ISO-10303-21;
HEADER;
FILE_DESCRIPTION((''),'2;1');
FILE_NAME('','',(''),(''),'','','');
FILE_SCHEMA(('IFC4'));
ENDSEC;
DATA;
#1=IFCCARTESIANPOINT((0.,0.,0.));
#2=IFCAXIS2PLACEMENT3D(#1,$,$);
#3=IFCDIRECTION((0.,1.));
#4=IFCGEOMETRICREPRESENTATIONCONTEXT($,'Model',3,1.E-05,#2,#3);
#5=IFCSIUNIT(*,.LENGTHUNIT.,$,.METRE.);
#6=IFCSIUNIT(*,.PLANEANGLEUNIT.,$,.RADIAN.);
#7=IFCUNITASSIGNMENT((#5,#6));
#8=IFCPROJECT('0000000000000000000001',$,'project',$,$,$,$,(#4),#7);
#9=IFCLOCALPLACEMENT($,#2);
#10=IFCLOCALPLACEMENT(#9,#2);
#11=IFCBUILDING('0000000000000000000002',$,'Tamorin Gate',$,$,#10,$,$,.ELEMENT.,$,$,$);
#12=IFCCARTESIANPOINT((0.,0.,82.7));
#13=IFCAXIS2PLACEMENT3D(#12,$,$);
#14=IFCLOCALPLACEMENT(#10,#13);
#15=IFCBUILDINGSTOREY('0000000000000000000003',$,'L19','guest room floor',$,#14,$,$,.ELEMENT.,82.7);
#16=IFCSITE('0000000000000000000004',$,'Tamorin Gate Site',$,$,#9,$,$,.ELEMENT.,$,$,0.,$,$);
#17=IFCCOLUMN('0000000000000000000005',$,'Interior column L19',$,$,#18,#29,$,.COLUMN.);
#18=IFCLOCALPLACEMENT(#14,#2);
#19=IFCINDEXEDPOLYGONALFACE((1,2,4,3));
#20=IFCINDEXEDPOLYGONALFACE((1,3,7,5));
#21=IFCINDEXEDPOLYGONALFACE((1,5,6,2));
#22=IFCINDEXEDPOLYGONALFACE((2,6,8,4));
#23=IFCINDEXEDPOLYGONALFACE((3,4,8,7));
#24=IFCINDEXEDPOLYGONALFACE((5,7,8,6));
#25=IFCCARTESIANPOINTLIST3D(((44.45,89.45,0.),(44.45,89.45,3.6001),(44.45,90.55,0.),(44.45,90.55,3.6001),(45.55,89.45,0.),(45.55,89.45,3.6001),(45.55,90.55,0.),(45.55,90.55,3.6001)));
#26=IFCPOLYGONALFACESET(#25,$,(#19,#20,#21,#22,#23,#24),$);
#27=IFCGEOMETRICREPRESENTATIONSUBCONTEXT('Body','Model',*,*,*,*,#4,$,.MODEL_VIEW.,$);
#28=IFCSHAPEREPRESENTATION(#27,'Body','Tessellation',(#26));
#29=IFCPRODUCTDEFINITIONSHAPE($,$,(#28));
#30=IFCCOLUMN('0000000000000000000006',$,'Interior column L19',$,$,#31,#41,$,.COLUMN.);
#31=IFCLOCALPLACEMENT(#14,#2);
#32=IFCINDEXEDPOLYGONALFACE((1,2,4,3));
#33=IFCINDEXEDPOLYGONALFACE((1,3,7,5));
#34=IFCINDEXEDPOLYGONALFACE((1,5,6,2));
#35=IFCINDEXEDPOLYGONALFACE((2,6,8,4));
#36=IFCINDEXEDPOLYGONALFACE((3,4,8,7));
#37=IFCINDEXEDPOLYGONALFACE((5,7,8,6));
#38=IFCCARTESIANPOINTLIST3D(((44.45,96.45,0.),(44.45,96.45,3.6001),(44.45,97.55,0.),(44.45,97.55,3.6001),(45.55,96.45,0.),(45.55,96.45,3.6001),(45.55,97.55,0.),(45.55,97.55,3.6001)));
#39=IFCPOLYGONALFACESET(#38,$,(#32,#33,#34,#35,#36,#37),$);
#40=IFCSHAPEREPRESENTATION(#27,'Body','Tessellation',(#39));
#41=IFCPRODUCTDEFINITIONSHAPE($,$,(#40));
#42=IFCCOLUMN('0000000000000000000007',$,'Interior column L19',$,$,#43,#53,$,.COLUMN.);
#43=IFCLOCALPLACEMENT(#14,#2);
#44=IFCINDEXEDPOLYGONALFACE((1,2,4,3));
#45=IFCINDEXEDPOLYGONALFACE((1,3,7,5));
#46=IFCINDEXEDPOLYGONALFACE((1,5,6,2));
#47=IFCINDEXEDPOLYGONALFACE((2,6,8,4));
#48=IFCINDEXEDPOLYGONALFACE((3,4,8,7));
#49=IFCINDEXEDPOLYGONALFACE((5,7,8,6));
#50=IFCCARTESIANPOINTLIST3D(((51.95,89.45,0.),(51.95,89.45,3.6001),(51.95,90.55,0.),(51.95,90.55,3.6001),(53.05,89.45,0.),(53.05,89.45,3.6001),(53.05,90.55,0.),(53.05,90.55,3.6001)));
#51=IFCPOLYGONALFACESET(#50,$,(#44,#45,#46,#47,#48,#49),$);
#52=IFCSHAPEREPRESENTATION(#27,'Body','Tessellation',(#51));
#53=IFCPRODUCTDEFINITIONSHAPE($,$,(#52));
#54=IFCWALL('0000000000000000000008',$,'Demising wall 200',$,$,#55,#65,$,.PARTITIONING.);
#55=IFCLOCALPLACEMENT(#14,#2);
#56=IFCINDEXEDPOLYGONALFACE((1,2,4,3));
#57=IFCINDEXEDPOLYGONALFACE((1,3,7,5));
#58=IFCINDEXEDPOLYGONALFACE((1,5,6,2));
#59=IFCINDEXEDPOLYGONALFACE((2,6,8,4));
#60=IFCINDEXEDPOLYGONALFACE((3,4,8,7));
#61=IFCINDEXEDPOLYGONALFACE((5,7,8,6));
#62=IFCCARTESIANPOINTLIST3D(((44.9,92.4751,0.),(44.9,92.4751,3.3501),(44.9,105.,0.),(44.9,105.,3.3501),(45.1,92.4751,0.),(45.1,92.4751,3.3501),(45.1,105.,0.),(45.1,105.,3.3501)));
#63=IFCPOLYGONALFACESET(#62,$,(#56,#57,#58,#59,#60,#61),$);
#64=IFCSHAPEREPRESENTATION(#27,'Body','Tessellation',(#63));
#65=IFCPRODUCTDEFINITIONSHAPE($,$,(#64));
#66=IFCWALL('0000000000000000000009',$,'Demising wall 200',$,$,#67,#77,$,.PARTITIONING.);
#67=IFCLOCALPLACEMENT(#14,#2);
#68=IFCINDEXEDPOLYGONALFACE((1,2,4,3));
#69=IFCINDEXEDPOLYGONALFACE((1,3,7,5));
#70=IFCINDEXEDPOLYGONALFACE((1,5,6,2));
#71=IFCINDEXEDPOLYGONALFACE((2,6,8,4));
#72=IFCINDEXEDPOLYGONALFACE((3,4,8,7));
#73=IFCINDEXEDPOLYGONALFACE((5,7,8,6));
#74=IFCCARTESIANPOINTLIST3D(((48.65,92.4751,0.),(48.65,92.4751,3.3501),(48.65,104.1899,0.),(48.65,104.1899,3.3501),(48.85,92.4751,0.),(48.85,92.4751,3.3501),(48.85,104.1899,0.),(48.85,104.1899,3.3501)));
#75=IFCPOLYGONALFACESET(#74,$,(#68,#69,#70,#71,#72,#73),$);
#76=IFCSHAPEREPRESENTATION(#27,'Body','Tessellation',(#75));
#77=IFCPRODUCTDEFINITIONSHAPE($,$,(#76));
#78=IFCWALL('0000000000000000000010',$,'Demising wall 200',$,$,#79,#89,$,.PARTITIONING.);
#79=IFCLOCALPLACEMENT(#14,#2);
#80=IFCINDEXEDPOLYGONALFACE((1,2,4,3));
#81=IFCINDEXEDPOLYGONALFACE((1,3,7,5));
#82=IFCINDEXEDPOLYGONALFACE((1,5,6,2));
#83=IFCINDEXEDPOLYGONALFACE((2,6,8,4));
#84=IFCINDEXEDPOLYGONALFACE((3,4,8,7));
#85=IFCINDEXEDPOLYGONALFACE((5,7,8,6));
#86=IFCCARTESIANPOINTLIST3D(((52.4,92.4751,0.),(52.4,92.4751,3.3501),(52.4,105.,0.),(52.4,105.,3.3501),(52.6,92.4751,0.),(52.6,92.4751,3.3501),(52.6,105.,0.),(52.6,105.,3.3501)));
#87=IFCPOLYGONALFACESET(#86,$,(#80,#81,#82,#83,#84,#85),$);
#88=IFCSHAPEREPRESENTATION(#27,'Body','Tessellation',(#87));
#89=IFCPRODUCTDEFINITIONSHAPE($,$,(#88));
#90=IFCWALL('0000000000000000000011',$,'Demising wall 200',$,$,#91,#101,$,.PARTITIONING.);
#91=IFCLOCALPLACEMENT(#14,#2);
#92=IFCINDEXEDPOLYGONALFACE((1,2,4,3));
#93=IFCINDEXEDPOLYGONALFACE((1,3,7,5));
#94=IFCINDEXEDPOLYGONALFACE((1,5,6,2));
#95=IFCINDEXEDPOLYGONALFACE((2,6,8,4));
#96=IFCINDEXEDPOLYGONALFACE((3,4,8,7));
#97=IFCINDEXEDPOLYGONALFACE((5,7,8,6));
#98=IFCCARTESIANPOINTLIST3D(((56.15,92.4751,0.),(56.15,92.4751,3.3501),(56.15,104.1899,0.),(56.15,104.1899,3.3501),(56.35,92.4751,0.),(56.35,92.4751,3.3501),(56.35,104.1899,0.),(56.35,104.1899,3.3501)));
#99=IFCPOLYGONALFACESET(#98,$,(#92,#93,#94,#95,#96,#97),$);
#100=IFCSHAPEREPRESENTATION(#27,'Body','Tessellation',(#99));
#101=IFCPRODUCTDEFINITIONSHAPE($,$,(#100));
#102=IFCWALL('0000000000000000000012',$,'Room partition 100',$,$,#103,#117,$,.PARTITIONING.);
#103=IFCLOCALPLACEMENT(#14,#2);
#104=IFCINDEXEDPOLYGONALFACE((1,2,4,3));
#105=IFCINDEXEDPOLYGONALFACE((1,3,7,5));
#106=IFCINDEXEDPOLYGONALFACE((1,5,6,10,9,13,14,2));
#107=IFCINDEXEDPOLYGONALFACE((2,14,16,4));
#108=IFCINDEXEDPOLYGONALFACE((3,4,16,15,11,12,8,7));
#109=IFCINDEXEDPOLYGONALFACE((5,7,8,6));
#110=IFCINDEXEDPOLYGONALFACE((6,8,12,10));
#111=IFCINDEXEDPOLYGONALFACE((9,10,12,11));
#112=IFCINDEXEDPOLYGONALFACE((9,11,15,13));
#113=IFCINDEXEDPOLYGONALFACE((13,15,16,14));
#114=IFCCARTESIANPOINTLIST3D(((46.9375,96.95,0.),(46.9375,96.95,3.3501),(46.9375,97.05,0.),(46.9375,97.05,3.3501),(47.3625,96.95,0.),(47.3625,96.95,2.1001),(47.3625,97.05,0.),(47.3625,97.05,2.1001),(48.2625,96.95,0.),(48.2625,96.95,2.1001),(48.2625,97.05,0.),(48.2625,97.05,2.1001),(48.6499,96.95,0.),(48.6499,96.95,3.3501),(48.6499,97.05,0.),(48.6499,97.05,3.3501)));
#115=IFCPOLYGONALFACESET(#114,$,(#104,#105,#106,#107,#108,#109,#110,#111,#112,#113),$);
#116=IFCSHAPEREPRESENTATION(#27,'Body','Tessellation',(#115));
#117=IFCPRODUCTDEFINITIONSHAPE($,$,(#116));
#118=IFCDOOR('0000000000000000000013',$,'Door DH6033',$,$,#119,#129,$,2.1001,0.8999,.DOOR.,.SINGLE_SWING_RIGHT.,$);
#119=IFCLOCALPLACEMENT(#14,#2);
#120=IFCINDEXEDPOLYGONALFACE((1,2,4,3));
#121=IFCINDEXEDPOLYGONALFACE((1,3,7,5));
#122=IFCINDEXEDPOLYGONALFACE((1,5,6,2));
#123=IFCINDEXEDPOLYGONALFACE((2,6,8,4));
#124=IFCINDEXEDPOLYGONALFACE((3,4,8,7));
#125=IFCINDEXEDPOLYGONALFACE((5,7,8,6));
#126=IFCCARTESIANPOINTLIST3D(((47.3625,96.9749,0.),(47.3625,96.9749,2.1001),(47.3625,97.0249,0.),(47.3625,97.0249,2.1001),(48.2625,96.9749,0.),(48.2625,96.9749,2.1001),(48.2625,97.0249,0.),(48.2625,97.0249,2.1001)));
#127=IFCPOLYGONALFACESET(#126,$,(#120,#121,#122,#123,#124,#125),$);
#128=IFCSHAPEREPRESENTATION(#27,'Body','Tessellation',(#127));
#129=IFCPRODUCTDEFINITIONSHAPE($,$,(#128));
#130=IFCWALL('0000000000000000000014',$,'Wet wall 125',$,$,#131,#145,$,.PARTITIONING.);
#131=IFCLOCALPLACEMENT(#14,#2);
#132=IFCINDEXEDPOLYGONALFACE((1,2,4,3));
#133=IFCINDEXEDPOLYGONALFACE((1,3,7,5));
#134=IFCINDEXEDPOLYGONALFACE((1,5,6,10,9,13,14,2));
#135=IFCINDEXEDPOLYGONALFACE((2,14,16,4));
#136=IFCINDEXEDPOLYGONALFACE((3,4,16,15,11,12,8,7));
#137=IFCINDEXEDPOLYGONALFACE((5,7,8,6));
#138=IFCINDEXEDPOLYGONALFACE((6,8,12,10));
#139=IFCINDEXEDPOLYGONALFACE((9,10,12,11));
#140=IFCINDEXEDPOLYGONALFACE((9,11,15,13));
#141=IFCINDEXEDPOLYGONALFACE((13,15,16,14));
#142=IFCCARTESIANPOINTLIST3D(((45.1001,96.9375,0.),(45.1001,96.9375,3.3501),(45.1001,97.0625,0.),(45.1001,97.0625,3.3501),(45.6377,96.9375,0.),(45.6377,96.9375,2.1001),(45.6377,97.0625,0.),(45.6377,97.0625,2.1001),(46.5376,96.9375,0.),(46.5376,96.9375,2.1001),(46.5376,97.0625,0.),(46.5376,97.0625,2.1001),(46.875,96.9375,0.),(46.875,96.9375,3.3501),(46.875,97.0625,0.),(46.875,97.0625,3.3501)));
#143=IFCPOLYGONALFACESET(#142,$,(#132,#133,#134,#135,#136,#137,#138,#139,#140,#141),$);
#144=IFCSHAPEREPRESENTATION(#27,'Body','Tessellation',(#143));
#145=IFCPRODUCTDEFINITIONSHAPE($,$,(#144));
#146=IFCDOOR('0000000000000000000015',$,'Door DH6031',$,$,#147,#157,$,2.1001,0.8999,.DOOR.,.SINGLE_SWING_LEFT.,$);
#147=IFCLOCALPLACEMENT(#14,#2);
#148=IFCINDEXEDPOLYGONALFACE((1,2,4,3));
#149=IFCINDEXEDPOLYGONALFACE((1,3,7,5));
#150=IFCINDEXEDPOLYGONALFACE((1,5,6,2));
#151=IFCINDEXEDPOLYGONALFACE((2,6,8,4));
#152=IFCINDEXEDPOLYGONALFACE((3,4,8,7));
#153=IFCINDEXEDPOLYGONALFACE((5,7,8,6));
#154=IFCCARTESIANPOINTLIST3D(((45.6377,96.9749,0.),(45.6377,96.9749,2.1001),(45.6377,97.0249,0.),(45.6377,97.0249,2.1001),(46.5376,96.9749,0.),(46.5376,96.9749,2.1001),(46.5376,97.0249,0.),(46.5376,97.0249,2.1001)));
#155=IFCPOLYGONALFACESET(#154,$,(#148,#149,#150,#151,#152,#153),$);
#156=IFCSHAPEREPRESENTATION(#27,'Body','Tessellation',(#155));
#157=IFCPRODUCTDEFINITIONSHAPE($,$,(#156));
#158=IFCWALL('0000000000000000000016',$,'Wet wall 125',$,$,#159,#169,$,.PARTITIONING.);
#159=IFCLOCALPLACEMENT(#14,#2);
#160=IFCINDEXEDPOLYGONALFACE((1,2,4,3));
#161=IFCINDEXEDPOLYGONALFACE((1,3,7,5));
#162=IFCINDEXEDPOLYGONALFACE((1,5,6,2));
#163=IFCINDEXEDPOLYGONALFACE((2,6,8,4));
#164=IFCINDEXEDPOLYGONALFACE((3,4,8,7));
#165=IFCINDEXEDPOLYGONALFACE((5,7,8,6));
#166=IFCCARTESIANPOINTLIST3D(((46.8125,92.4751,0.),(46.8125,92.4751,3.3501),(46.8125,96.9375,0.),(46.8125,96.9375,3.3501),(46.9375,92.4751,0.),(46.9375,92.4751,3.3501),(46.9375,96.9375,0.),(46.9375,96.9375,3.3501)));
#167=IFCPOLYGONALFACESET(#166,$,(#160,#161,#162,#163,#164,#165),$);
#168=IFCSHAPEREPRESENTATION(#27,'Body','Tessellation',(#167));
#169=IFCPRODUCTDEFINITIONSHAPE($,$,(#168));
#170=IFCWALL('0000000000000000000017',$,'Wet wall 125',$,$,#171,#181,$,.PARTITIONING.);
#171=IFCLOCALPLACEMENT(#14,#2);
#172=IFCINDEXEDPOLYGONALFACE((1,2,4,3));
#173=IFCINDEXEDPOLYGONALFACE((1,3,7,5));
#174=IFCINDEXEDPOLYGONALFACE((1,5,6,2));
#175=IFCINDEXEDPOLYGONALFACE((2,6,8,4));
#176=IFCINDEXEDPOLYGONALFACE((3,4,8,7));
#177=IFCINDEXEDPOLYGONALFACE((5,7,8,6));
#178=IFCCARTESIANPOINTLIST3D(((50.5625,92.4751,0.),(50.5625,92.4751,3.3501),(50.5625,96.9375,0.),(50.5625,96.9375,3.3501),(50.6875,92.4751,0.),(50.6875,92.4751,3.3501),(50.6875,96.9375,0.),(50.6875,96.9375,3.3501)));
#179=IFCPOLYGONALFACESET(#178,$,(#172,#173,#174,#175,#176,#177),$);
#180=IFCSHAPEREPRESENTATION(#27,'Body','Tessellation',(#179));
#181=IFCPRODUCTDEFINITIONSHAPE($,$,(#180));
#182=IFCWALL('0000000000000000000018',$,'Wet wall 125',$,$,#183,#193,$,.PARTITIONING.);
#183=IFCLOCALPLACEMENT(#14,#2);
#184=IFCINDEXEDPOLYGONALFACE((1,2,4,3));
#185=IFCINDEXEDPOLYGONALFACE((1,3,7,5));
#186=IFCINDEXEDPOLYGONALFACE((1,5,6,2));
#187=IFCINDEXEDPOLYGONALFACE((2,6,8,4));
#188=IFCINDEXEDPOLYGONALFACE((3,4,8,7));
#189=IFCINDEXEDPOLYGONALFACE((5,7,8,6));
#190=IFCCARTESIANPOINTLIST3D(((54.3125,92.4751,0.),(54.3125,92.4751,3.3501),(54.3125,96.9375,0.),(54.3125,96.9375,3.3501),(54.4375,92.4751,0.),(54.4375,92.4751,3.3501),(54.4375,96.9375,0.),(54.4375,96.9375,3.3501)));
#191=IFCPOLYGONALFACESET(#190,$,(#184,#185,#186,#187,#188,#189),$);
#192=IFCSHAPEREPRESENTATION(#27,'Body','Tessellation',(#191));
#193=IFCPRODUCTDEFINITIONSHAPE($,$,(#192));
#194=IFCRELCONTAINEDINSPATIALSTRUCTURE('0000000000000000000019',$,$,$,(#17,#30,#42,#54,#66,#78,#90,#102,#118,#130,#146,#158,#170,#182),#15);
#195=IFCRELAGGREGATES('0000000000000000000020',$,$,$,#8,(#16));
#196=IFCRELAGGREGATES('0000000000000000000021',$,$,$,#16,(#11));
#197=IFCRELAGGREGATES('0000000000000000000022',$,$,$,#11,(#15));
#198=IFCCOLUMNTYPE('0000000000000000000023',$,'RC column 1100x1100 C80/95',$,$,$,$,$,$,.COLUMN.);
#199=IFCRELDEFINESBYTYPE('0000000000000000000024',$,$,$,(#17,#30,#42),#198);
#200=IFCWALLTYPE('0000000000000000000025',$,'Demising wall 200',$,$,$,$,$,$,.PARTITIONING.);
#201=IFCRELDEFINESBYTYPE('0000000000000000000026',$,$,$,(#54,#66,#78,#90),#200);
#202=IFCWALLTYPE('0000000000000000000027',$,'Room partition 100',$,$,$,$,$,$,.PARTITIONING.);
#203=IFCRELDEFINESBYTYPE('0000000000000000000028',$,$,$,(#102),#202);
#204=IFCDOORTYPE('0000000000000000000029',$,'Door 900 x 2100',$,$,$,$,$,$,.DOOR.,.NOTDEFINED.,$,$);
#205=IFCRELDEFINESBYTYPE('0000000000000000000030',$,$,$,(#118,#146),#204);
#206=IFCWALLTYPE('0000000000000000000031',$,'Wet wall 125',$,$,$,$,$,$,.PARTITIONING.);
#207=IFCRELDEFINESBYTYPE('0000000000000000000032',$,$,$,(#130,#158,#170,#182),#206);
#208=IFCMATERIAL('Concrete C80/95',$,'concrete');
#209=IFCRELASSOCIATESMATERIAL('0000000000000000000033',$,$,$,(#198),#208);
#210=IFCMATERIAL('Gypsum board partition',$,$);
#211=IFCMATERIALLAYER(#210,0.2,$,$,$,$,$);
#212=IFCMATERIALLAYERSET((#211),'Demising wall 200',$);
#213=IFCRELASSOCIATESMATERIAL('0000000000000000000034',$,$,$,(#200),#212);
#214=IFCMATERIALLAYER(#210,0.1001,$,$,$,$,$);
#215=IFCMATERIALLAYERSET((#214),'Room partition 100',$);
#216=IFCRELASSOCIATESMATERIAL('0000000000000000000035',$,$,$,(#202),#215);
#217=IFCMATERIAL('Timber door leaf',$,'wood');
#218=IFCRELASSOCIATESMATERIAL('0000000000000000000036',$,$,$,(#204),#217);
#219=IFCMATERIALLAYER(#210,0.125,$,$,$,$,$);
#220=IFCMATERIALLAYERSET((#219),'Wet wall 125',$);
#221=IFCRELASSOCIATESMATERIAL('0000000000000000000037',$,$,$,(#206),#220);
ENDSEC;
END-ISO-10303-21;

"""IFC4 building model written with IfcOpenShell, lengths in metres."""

from ifc_helpers import new_model, si_unit, direction, frame, frame_2d, origin, origin_2d, place, context, subcontext, project, spatial, rectangle, extrude, material, layer, layer_set, material_profile, profile_set, type_object, element, fill, save


model = new_model("IFC4")

# Units and contexts
model_context = context("Model", 3, precision=1e-05, world=origin(), true_north=direction((0.0, 1.0)))
body_context = subcontext(model_context, "Body", "Model", "MODEL_VIEW")
ifc_project = project(units=[si_unit("LENGTHUNIT", "METRE"), si_unit("PLANEANGLEUNIT", "RADIAN")], contexts=[model_context])

# Site, building, storey
site_placement = place(None, origin())
site = spatial("IfcSite", under=ifc_project, at=site_placement, Name="Tamorin Gate Site", CompositionType="ELEMENT", RefElevation=0.0)
building_placement = place(site_placement, origin())
building = spatial("IfcBuilding", under=site, at=building_placement, Name="Tamorin Gate", CompositionType="ELEMENT")
storey_placement = place(building_placement, frame((0.0, 0.0, 82.7)))
storey = spatial("IfcBuildingStorey", under=building, at=storey_placement, Name="L19", Description="guest room floor", CompositionType="ELEMENT", Elevation=82.7)

# Columns
ifc_material_1 = material(Name="Concrete C80/95", Category="concrete")
ifc_material_profile = material_profile(ifc_material_1, rectangle(XDim=1.1001, YDim=1.1001, at=origin_2d()), Name="RC 1100x1100")
ifc_profile_set = profile_set([ifc_material_profile], Name="Concrete C80/95")
column_type = type_object("IfcColumnType", Name="RC column 1100x1100 C80/95", PredefinedType="COLUMN", material=ifc_profile_set)
for number, where, z_axis, x_axis, name in (
    (1, (45.0, 90.0, 0.0), (0.0, 0.0, 1.0), (1.0, 0.0, 0.0), "Interior column L19"),
    (2, (45.0, 97.0, 0.0), (0.0, 0.0, 1.0), (1.0, 0.0, 0.0), "Interior column L19"),
    (3, (52.5, 90.0, 0.0), (0.0, 0.0, 1.0), (1.0, 0.0, 0.0), "Interior column L19"),
):
    element("IfcColumn", number, at=place(storey_placement, frame(where, z_axis=z_axis, x_axis=x_axis)), inside=storey, type_object=column_type, Name=name, PredefinedType="COLUMN", context=body_context, shape_type="SweptSolid", body=[
        extrude(rectangle(XDim=1.1001, YDim=1.1001, at=origin_2d()), origin(), (0.0, 0.0, 1.0), 3.6001),
    ])

# Walls
ifc_material_2 = material(Name="Gypsum board partition")
ifc_layer_1 = layer(ifc_material_2, 0.2)
ifc_layer_set_1 = layer_set([ifc_layer_1], Name="Demising wall 200")
wall_type_1 = type_object("IfcWallType", Name="Demising wall 200", PredefinedType="PARTITIONING", material=ifc_layer_set_1)
wall_1_placement = place(storey_placement, frame((45.0, 92.4751, 0.0), z_axis=(0.0, 0.0, 1.0), x_axis=(0.0, 1.0, 0.0)))
element("IfcWall", 4, at=wall_1_placement, inside=storey, type_object=wall_type_1, Name="Demising wall 200", PredefinedType="PARTITIONING", context=body_context, shape_type="SweptSolid", body=[
    extrude(rectangle(XDim=12.5249, YDim=0.2, at=frame_2d((6.2625, 0.0))), origin(), (0.0, 0.0, 1.0), 3.3501),
])
wall_2_placement = place(storey_placement, frame((48.75, 92.4751, 0.0), z_axis=(0.0, 0.0, 1.0), x_axis=(0.0, 1.0, 0.0)))
element("IfcWall", 5, at=wall_2_placement, inside=storey, type_object=wall_type_1, Name="Demising wall 200", PredefinedType="PARTITIONING", context=body_context, shape_type="SweptSolid", body=[
    extrude(rectangle(XDim=11.7148, YDim=0.2, at=frame_2d((5.8574, 0.0))), origin(), (0.0, 0.0, 1.0), 3.3501),
])
wall_3_placement = place(storey_placement, frame((52.5, 92.4751, 0.0), z_axis=(0.0, 0.0, 1.0), x_axis=(0.0, 1.0, 0.0)))
element("IfcWall", 6, at=wall_3_placement, inside=storey, type_object=wall_type_1, Name="Demising wall 200", PredefinedType="PARTITIONING", context=body_context, shape_type="SweptSolid", body=[
    extrude(rectangle(XDim=12.5249, YDim=0.2, at=frame_2d((6.2625, 0.0))), origin(), (0.0, 0.0, 1.0), 3.3501),
])
wall_4_placement = place(storey_placement, frame((56.25, 92.4751, 0.0), z_axis=(0.0, 0.0, 1.0), x_axis=(0.0, 1.0, 0.0)))
element("IfcWall", 7, at=wall_4_placement, inside=storey, type_object=wall_type_1, Name="Demising wall 200", PredefinedType="PARTITIONING", context=body_context, shape_type="SweptSolid", body=[
    extrude(rectangle(XDim=11.7148, YDim=0.2, at=frame_2d((5.8574, 0.0))), origin(), (0.0, 0.0, 1.0), 3.3501),
])

# Walls, openings, doors
ifc_layer_2 = layer(ifc_material_2, 0.1001)
ifc_layer_set_2 = layer_set([ifc_layer_2], Name="Room partition 100")
wall_type_2 = type_object("IfcWallType", Name="Room partition 100", PredefinedType="PARTITIONING", material=ifc_layer_set_2)
wall_5_placement = place(storey_placement, frame((46.9375, 97.0, 0.0), z_axis=(0.0, 0.0, 1.0), x_axis=(1.0, 0.0, 0.0)))
wall_5 = element("IfcWall", 8, at=wall_5_placement, inside=storey, type_object=wall_type_2, Name="Room partition 100", PredefinedType="PARTITIONING", context=body_context, shape_type="SweptSolid", body=[
    extrude(rectangle(XDim=1.7124, YDim=0.1001, at=frame_2d((0.8562, 0.0))), origin(), (0.0, 0.0, 1.0), 3.3501),
])
opening_1_placement = place(wall_5_placement, frame((0.425, 0.0, 0.0)))
opening_1 = element("IfcOpeningElement", 9, at=opening_1_placement, cuts=wall_5, PredefinedType="OPENING", context=body_context, shape_type="SweptSolid", body=[
    extrude(rectangle(XDim=0.8999, YDim=2.1001, at=frame_2d((0.45, 1.05))), frame((0.0, 0.0601, 0.0), z_axis=(0.0, -1.0, 0.0), x_axis=(1.0, 0.0, 0.0)), (0.0, 0.0, 1.0), 0.1201),
])
ifc_material_3 = material(Name="Timber door leaf", Category="wood")
door_type = type_object("IfcDoorType", Name="Door 900 x 2100", OperationType="NOTDEFINED", PredefinedType="DOOR", material=ifc_material_3)
door_1_placement = place(opening_1_placement, origin())
door_1 = element("IfcDoor", 10, at=door_1_placement, inside=storey, type_object=door_type, Name="Door DH6033", OperationType="SINGLE_SWING_RIGHT", OverallHeight=2.1001, OverallWidth=0.8999, PredefinedType="DOOR", context=body_context, shape_type="SweptSolid", body=[
    extrude(rectangle(XDim=0.8999, YDim=2.1001, at=frame_2d((0.45, 1.05))), frame((0.0, 0.0249, 0.0), z_axis=(0.0, -1.0, 0.0), x_axis=(1.0, 0.0, 0.0)), (0.0, 0.0, 1.0), 0.05),
])
fill(opening_1, door_1)
ifc_layer_3 = layer(ifc_material_2, 0.125)
ifc_layer_set_3 = layer_set([ifc_layer_3], Name="Wet wall 125")
wall_type_3 = type_object("IfcWallType", Name="Wet wall 125", PredefinedType="PARTITIONING", material=ifc_layer_set_3)
wall_6_placement = place(storey_placement, frame((45.1001, 97.0, 0.0), z_axis=(0.0, 0.0, 1.0), x_axis=(1.0, 0.0, 0.0)))
wall_6 = element("IfcWall", 11, at=wall_6_placement, inside=storey, type_object=wall_type_3, Name="Wet wall 125", PredefinedType="PARTITIONING", context=body_context, shape_type="SweptSolid", body=[
    extrude(rectangle(XDim=1.7749, YDim=0.125, at=frame_2d((0.8875, 0.0))), origin(), (0.0, 0.0, 1.0), 3.3501),
])
opening_2_placement = place(wall_6_placement, frame((0.5376, 0.0, 0.0)))
opening_2 = element("IfcOpeningElement", 12, at=opening_2_placement, cuts=wall_6, PredefinedType="OPENING", context=body_context, shape_type="SweptSolid", body=[
    extrude(rectangle(XDim=0.8999, YDim=2.1001, at=frame_2d((0.45, 1.05))), frame((0.0, 0.0725, 0.0), z_axis=(0.0, -1.0, 0.0), x_axis=(1.0, 0.0, 0.0)), (0.0, 0.0, 1.0), 0.145),
])
door_2_placement = place(opening_2_placement, origin())
door_2 = element("IfcDoor", 13, at=door_2_placement, inside=storey, type_object=door_type, Name="Door DH6031", OperationType="SINGLE_SWING_LEFT", OverallHeight=2.1001, OverallWidth=0.8999, PredefinedType="DOOR", context=body_context, shape_type="SweptSolid", body=[
    extrude(rectangle(XDim=0.8999, YDim=2.1001, at=frame_2d((0.45, 1.05))), frame((0.0, 0.0249, 0.0), z_axis=(0.0, -1.0, 0.0), x_axis=(1.0, 0.0, 0.0)), (0.0, 0.0, 1.0), 0.05),
])
fill(opening_2, door_2)

# Walls
for number, where, z_axis, x_axis, name in (
    (14, (46.875, 92.4751, 0.0), (0.0, 0.0, 1.0), (0.0, 1.0, 0.0), "Wet wall 125"),
    (15, (50.625, 92.4751, 0.0), (0.0, 0.0, 1.0), (0.0, 1.0, 0.0), "Wet wall 125"),
    (16, (54.375, 92.4751, 0.0), (0.0, 0.0, 1.0), (0.0, 1.0, 0.0), "Wet wall 125"),
):
    element("IfcWall", number, at=place(storey_placement, frame(where, z_axis=z_axis, x_axis=x_axis)), inside=storey, type_object=wall_type_3, Name=name, PredefinedType="PARTITIONING", context=body_context, shape_type="SweptSolid", body=[
        extrude(rectangle(XDim=4.4624, YDim=0.125, at=frame_2d((2.2312, 0.0))), origin(), (0.0, 0.0, 1.0), 3.3501),
    ])

save(model, "model.ifc")
